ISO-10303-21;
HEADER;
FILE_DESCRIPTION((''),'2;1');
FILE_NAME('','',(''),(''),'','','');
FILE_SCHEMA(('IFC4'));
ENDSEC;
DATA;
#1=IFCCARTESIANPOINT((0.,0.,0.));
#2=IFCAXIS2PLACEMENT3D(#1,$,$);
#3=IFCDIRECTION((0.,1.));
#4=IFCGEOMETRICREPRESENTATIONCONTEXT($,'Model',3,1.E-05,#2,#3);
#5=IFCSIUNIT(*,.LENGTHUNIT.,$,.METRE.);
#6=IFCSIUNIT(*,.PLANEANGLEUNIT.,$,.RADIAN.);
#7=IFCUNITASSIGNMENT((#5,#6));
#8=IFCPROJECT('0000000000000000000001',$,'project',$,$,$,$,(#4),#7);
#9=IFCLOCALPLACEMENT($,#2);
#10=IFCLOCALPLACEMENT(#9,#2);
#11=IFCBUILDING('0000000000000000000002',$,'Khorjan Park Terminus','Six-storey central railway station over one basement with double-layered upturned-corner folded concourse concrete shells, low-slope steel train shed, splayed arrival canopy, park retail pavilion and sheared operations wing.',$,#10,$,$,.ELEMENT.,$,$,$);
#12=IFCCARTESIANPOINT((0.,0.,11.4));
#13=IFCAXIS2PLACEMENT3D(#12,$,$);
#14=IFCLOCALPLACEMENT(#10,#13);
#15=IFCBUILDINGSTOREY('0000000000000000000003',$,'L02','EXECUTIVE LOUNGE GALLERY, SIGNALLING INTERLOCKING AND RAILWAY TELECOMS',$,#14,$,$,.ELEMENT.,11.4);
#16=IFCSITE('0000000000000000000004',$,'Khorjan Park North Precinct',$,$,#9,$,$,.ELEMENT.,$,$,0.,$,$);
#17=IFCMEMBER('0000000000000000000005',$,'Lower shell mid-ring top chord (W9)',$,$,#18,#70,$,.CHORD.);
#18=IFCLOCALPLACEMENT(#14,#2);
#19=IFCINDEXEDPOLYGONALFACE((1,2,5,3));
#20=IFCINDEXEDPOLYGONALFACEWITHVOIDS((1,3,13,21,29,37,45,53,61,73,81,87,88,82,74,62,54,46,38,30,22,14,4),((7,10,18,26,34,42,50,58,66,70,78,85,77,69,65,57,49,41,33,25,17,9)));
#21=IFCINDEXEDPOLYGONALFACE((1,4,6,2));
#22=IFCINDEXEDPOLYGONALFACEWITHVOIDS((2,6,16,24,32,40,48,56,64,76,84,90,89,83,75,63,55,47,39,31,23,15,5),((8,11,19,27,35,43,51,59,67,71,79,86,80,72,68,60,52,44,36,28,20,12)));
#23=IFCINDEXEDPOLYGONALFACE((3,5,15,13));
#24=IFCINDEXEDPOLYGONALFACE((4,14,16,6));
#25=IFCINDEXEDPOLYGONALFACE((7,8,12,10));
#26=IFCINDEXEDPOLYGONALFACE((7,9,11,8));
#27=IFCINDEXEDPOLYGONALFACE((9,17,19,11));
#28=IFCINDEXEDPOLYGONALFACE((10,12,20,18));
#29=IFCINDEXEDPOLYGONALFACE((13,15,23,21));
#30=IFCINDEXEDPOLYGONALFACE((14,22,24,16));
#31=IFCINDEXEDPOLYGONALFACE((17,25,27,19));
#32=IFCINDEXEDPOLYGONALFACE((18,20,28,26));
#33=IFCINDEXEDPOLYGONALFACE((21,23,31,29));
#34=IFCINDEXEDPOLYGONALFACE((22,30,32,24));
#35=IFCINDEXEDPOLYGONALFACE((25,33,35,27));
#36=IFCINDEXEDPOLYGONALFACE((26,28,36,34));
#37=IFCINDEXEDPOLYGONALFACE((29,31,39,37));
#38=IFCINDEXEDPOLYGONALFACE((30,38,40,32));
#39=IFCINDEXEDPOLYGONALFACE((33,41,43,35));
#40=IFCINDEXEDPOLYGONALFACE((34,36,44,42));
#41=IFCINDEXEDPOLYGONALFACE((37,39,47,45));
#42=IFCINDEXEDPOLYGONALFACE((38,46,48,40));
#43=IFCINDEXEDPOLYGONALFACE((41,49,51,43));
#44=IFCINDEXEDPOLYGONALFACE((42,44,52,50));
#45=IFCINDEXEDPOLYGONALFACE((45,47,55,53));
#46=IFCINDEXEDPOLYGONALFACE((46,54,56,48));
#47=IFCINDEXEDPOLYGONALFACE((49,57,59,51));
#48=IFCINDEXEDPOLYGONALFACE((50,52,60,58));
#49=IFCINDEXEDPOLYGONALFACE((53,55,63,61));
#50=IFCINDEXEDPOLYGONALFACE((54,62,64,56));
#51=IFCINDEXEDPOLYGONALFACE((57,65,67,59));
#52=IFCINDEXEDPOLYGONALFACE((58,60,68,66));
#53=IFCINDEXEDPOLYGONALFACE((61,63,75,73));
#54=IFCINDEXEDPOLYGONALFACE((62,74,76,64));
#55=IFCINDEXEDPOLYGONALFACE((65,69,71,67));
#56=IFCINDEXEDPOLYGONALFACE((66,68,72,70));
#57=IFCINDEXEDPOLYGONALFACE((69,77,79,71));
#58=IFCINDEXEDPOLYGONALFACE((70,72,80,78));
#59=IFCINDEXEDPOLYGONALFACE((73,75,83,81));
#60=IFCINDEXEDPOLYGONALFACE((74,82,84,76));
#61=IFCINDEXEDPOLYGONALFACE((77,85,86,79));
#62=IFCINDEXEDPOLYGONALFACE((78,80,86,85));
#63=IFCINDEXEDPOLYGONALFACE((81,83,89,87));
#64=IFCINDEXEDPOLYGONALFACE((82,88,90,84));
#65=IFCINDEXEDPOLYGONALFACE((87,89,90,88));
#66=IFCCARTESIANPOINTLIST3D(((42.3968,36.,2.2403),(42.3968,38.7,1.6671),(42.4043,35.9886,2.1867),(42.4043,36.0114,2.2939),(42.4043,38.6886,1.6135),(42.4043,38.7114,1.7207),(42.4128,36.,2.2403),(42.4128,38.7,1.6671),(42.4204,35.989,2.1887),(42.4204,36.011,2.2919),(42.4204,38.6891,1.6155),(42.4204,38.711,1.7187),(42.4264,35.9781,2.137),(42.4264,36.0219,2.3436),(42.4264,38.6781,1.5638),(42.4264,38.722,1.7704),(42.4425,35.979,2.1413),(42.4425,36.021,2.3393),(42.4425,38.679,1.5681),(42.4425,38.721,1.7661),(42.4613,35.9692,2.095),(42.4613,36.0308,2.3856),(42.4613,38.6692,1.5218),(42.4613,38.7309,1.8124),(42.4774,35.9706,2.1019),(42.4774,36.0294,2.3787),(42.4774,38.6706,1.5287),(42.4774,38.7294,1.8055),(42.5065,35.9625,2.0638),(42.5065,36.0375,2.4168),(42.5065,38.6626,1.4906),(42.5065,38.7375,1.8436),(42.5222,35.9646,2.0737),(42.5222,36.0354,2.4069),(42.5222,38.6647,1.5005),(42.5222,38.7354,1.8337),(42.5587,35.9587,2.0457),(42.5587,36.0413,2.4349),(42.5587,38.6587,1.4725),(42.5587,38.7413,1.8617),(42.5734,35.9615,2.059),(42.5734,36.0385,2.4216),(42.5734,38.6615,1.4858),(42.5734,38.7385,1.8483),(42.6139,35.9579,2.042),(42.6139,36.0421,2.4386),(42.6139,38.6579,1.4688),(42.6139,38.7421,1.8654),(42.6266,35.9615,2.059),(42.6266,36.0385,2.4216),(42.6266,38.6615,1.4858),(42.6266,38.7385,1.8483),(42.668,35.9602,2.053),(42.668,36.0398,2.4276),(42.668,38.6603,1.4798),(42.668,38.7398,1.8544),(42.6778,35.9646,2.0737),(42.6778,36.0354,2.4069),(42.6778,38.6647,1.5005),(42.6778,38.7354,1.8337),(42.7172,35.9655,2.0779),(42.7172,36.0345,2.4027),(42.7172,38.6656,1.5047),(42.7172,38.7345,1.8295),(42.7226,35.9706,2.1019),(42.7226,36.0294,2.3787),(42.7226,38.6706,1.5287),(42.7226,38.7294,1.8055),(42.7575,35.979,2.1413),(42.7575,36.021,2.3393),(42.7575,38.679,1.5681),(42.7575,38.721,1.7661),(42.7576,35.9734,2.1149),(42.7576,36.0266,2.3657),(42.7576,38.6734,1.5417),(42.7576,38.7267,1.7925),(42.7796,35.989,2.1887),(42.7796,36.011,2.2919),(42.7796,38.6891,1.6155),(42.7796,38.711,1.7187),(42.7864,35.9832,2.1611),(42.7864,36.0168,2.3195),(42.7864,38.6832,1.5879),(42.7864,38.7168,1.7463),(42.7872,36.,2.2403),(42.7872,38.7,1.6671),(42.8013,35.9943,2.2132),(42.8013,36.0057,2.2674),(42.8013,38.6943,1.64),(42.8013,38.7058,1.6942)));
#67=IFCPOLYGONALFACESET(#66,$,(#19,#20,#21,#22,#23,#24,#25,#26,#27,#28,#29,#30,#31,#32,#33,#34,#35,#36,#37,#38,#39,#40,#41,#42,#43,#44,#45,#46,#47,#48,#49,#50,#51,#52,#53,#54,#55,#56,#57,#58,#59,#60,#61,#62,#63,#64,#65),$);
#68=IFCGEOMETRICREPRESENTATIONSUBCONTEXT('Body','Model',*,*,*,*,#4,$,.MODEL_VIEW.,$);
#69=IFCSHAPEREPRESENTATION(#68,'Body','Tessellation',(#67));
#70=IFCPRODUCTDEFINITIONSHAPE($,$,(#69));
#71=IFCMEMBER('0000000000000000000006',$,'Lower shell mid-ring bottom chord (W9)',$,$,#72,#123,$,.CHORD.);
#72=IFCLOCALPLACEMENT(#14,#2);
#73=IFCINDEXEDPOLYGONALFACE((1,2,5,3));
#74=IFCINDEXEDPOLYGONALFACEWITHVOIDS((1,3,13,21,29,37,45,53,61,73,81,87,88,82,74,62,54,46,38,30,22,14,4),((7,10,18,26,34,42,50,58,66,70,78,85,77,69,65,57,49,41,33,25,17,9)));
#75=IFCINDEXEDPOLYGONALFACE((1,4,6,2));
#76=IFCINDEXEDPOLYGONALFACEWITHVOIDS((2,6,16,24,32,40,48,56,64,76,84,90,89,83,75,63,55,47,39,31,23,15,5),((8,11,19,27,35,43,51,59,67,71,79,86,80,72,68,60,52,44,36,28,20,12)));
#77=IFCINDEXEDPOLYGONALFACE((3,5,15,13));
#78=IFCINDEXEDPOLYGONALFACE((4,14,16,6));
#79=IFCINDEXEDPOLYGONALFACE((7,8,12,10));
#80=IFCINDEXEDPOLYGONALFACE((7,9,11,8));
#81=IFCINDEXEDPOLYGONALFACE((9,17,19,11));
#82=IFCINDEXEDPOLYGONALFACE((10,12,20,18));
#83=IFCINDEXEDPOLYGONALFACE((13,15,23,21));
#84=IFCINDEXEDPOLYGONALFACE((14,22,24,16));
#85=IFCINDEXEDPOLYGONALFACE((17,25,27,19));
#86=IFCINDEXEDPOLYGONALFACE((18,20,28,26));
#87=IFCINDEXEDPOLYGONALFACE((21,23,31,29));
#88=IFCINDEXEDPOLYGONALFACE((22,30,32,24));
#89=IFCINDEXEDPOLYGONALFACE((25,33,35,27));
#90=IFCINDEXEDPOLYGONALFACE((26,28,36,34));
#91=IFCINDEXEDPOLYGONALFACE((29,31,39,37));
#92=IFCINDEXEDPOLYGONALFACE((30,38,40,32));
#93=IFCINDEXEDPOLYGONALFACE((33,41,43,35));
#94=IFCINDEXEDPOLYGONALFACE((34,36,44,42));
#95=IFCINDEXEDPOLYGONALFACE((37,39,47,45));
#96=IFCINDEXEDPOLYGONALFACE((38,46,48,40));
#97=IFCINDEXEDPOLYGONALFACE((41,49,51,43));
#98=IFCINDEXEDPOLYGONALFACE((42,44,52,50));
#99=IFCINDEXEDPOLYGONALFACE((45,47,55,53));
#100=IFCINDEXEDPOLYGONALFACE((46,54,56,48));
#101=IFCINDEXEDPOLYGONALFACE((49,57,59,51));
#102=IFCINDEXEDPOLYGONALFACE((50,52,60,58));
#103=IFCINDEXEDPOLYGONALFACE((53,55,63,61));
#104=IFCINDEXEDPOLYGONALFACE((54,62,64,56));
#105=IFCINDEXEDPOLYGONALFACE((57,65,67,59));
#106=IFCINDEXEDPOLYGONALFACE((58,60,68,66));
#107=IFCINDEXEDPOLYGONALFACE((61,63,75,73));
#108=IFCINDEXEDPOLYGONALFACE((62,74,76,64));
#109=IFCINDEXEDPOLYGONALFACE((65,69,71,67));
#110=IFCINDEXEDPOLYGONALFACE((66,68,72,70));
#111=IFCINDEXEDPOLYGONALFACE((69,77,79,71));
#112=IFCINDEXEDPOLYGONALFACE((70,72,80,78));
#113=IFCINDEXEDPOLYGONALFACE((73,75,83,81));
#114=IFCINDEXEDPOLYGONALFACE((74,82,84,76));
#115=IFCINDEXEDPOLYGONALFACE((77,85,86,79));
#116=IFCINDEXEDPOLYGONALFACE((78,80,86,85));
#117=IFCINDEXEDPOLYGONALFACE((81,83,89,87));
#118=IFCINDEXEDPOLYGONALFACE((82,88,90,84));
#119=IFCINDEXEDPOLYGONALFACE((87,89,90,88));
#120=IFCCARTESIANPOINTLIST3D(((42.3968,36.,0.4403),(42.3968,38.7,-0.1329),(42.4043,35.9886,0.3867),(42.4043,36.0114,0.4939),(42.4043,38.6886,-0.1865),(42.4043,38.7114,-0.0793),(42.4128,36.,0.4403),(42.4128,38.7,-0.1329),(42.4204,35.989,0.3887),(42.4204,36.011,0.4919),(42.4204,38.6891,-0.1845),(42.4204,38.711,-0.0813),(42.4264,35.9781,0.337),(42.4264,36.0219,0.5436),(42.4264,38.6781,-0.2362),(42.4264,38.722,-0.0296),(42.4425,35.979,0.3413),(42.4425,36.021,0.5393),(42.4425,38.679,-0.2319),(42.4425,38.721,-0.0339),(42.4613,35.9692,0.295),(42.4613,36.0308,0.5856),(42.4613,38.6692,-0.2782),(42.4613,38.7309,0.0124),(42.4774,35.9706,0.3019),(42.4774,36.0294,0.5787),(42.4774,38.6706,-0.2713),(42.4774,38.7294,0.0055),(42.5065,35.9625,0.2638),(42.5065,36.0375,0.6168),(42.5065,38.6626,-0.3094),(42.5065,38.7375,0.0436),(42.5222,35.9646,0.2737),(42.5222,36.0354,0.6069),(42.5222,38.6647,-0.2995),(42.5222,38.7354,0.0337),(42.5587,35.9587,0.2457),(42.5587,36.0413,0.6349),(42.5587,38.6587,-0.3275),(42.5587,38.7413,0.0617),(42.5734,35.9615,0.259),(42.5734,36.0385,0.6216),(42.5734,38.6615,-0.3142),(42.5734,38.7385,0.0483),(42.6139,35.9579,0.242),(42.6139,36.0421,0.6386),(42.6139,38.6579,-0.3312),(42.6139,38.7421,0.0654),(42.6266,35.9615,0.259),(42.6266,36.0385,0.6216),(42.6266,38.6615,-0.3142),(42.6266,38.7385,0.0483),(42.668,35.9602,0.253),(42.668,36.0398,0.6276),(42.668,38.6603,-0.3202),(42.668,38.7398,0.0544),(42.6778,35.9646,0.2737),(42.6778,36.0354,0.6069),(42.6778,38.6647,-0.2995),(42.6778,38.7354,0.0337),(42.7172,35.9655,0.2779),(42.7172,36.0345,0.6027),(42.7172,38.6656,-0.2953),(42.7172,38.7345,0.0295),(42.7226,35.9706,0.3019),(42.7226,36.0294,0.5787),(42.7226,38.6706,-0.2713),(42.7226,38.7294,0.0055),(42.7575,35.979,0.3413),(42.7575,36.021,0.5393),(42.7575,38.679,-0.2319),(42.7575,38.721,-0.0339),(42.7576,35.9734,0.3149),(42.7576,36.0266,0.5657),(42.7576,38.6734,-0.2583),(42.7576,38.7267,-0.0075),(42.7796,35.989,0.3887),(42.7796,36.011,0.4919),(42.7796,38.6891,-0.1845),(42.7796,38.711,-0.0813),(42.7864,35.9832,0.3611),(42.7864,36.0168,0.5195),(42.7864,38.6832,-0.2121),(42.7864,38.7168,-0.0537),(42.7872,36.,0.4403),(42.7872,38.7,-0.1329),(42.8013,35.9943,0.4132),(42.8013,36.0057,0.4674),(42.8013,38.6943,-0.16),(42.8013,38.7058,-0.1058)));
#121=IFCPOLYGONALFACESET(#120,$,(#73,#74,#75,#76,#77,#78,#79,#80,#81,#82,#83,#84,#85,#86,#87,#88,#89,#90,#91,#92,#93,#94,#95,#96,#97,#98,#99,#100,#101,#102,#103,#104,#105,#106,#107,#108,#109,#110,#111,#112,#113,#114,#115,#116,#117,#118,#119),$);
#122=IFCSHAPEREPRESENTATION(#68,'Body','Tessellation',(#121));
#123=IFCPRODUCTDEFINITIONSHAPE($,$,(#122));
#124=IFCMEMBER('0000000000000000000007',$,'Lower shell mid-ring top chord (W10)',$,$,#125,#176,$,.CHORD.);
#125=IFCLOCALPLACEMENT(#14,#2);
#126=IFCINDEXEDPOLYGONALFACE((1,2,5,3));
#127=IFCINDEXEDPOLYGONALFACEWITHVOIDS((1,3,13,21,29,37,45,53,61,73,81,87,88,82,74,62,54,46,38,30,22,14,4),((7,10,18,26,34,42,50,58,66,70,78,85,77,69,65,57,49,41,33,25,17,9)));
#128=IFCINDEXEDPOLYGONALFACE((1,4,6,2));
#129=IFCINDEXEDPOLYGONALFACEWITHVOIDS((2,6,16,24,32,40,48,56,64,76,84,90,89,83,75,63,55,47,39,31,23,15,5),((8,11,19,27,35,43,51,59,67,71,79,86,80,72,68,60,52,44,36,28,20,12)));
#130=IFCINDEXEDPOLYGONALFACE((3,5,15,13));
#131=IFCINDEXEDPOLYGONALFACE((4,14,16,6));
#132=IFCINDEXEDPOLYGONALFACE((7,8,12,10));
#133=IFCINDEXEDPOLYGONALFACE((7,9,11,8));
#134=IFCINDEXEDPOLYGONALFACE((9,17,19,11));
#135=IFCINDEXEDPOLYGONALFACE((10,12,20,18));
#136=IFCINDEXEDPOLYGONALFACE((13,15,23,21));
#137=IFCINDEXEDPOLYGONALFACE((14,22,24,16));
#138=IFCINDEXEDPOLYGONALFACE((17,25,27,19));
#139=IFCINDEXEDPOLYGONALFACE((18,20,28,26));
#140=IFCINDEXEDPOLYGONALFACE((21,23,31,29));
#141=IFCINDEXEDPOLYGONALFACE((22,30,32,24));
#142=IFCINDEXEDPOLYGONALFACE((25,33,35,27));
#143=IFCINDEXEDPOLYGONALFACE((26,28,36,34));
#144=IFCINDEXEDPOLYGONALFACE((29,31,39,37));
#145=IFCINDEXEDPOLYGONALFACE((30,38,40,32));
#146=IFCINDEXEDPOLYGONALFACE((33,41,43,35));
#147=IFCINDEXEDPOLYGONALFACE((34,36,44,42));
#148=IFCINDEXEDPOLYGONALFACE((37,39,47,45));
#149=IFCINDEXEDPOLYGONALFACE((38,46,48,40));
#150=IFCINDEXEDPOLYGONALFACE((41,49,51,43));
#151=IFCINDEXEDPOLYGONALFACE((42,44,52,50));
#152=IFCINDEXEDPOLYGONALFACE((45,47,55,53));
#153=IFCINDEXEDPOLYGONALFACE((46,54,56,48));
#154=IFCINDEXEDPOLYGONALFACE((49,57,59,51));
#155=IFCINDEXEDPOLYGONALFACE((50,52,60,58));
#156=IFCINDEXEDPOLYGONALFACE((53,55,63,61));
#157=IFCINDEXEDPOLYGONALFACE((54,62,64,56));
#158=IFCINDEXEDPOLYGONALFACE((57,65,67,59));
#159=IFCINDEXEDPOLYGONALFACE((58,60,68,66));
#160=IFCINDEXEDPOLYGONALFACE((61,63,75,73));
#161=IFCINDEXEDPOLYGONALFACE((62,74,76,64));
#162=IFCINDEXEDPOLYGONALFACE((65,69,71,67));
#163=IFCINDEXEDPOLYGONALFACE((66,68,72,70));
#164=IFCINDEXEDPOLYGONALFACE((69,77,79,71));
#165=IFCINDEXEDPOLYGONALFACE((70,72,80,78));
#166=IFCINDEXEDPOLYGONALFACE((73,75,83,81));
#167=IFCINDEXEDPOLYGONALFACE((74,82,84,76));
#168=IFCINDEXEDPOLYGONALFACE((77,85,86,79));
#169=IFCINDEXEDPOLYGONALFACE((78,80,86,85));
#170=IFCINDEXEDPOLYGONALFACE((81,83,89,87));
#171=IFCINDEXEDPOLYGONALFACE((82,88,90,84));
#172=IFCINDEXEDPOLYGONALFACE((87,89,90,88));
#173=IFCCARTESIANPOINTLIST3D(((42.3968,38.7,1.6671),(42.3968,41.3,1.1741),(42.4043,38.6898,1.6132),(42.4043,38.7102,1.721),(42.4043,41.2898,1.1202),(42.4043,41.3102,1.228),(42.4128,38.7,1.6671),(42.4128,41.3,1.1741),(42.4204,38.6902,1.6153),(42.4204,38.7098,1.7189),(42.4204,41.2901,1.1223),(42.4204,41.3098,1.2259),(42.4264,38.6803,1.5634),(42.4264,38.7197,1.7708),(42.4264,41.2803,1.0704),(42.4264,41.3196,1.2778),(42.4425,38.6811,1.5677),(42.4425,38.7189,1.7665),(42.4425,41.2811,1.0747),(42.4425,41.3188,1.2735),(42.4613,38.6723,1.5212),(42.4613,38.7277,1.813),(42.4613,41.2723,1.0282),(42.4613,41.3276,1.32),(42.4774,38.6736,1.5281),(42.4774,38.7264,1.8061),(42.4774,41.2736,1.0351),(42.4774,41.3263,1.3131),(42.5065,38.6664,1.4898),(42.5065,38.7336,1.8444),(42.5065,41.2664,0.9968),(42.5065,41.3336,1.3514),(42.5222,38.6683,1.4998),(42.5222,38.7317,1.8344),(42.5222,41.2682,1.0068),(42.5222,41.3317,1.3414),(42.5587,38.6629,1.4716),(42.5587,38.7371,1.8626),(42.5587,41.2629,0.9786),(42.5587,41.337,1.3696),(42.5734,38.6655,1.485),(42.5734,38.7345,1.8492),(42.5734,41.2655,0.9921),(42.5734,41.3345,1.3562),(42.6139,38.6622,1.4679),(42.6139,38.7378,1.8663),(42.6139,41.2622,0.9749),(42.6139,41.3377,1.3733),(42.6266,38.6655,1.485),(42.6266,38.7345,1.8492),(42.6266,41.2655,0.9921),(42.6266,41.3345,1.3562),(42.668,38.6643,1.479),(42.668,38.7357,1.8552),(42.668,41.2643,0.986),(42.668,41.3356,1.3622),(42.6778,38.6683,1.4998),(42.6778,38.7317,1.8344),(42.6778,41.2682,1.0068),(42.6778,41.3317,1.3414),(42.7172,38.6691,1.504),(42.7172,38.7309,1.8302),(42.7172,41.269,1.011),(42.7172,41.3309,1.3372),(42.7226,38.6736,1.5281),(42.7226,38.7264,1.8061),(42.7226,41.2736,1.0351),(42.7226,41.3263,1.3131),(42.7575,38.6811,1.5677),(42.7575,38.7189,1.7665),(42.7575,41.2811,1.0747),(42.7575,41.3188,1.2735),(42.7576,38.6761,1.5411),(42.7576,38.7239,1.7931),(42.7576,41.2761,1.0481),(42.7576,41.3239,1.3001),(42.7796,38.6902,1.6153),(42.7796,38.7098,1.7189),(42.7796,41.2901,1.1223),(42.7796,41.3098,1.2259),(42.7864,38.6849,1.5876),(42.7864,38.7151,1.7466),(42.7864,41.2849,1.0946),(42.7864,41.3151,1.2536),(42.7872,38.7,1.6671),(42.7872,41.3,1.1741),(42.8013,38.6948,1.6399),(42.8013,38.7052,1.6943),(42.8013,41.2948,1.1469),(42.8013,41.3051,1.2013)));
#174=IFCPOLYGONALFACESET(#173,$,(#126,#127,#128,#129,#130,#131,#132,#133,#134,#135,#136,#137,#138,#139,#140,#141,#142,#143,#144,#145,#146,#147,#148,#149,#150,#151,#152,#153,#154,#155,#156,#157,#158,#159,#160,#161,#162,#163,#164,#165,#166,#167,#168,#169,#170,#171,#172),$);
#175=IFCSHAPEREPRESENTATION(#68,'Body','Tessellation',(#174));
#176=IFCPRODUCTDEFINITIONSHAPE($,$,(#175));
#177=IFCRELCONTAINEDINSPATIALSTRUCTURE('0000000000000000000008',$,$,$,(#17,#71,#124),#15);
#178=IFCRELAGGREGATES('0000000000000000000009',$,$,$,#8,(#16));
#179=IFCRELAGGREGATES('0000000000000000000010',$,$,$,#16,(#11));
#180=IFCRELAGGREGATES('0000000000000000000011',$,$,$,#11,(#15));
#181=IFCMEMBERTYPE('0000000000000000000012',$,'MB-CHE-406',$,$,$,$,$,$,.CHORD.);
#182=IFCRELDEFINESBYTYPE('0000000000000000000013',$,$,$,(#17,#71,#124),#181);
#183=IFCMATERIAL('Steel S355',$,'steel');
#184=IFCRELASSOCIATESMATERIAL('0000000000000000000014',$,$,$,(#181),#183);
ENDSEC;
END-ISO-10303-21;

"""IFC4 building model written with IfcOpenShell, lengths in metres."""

from ifc_helpers import new_model, si_unit, direction, frame, origin, origin_2d, place, context, subcontext, project, spatial, hollow_circle, extrude, material, material_profile, profile_set, type_object, element, save


model = new_model("IFC4")

# Units and contexts
model_context = context("Model", 3, precision=1e-05, world=origin(), true_north=direction((0.0, 1.0)))
body_context = subcontext(model_context, "Body", "Model", "MODEL_VIEW")
ifc_project = project(units=[si_unit("LENGTHUNIT", "METRE"), si_unit("PLANEANGLEUNIT", "RADIAN")], contexts=[model_context])

# Site, building, storey
site_placement = place(None, origin())
site = spatial("IfcSite", under=ifc_project, at=site_placement, Name="Khorjan Park North Precinct", CompositionType="ELEMENT", RefElevation=0.0)
building_placement = place(site_placement, origin())
building = spatial("IfcBuilding", under=site, at=building_placement, Name="Khorjan Park Terminus", Description="Six-storey central railway station over one basement with double-layered upturned-corner folded concourse concrete shells, low-slope steel train shed, splayed arrival canopy, park retail pavilion and sheared operations wing.", CompositionType="ELEMENT")
storey_placement = place(building_placement, frame((0.0, 0.0, 11.4)))
storey = spatial("IfcBuildingStorey", under=building, at=storey_placement, Name="L02", Description="EXECUTIVE LOUNGE GALLERY, SIGNALLING INTERLOCKING AND RAILWAY TELECOMS", CompositionType="ELEMENT", Elevation=11.4)

# Members
ifc_material_1 = material(Name="Steel S355", Category="steel")
ifc_material_profile_1 = material_profile(ifc_material_1, hollow_circle(Radius=0.2032, WallThickness=0.016, at=origin_2d()), Name="CHS 406.4x16")
ifc_profile_set_1 = profile_set([ifc_material_profile_1], Name="Steel S355")
member_type_1 = type_object("IfcMemberType", Name="MB-CHE-406", PredefinedType="CHORD", material=ifc_profile_set_1)
for number, where, z_axis, x_axis, name in (
    (1, (42.6, 36.0, 2.2403), (0.0, 0.978199, -0.207668), (-1.0, 0.0, 0.0), "Lower shell mid-ring top chord (W9)"),
    (2, (42.6, 36.0, 0.4403), (0.0, 0.978199, -0.207668), (-1.0, 0.0, 0.0), "Lower shell mid-ring bottom chord (W9)"),
):
    element("IfcMember", number, at=place(storey_placement, frame(where, z_axis=z_axis, x_axis=x_axis)), inside=storey, type_object=member_type_1, Name=name, PredefinedType="CHORD", context=body_context, shape_type="SweptSolid", body=[
        extrude(hollow_circle(Radius=0.2032, WallThickness=0.016, at=origin_2d()), origin(), (0.0, 0.0, 1.0), 2.7602),
    ])
for number, where, z_axis, x_axis, name in (
    (3, (42.6, 38.7, 1.6671), (0.0, 0.982494, -0.186296), (-1.0, 0.0, 0.0), "Lower shell mid-ring top chord (W10)"),
):
    element("IfcMember", number, at=place(storey_placement, frame(where, z_axis=z_axis, x_axis=x_axis)), inside=storey, type_object=member_type_1, Name=name, PredefinedType="CHORD", context=body_context, shape_type="SweptSolid", body=[
        extrude(hollow_circle(Radius=0.2032, WallThickness=0.016, at=origin_2d()), origin(), (0.0, 0.0, 1.0), 2.6463),
    ])

save(model, "model.ifc")
